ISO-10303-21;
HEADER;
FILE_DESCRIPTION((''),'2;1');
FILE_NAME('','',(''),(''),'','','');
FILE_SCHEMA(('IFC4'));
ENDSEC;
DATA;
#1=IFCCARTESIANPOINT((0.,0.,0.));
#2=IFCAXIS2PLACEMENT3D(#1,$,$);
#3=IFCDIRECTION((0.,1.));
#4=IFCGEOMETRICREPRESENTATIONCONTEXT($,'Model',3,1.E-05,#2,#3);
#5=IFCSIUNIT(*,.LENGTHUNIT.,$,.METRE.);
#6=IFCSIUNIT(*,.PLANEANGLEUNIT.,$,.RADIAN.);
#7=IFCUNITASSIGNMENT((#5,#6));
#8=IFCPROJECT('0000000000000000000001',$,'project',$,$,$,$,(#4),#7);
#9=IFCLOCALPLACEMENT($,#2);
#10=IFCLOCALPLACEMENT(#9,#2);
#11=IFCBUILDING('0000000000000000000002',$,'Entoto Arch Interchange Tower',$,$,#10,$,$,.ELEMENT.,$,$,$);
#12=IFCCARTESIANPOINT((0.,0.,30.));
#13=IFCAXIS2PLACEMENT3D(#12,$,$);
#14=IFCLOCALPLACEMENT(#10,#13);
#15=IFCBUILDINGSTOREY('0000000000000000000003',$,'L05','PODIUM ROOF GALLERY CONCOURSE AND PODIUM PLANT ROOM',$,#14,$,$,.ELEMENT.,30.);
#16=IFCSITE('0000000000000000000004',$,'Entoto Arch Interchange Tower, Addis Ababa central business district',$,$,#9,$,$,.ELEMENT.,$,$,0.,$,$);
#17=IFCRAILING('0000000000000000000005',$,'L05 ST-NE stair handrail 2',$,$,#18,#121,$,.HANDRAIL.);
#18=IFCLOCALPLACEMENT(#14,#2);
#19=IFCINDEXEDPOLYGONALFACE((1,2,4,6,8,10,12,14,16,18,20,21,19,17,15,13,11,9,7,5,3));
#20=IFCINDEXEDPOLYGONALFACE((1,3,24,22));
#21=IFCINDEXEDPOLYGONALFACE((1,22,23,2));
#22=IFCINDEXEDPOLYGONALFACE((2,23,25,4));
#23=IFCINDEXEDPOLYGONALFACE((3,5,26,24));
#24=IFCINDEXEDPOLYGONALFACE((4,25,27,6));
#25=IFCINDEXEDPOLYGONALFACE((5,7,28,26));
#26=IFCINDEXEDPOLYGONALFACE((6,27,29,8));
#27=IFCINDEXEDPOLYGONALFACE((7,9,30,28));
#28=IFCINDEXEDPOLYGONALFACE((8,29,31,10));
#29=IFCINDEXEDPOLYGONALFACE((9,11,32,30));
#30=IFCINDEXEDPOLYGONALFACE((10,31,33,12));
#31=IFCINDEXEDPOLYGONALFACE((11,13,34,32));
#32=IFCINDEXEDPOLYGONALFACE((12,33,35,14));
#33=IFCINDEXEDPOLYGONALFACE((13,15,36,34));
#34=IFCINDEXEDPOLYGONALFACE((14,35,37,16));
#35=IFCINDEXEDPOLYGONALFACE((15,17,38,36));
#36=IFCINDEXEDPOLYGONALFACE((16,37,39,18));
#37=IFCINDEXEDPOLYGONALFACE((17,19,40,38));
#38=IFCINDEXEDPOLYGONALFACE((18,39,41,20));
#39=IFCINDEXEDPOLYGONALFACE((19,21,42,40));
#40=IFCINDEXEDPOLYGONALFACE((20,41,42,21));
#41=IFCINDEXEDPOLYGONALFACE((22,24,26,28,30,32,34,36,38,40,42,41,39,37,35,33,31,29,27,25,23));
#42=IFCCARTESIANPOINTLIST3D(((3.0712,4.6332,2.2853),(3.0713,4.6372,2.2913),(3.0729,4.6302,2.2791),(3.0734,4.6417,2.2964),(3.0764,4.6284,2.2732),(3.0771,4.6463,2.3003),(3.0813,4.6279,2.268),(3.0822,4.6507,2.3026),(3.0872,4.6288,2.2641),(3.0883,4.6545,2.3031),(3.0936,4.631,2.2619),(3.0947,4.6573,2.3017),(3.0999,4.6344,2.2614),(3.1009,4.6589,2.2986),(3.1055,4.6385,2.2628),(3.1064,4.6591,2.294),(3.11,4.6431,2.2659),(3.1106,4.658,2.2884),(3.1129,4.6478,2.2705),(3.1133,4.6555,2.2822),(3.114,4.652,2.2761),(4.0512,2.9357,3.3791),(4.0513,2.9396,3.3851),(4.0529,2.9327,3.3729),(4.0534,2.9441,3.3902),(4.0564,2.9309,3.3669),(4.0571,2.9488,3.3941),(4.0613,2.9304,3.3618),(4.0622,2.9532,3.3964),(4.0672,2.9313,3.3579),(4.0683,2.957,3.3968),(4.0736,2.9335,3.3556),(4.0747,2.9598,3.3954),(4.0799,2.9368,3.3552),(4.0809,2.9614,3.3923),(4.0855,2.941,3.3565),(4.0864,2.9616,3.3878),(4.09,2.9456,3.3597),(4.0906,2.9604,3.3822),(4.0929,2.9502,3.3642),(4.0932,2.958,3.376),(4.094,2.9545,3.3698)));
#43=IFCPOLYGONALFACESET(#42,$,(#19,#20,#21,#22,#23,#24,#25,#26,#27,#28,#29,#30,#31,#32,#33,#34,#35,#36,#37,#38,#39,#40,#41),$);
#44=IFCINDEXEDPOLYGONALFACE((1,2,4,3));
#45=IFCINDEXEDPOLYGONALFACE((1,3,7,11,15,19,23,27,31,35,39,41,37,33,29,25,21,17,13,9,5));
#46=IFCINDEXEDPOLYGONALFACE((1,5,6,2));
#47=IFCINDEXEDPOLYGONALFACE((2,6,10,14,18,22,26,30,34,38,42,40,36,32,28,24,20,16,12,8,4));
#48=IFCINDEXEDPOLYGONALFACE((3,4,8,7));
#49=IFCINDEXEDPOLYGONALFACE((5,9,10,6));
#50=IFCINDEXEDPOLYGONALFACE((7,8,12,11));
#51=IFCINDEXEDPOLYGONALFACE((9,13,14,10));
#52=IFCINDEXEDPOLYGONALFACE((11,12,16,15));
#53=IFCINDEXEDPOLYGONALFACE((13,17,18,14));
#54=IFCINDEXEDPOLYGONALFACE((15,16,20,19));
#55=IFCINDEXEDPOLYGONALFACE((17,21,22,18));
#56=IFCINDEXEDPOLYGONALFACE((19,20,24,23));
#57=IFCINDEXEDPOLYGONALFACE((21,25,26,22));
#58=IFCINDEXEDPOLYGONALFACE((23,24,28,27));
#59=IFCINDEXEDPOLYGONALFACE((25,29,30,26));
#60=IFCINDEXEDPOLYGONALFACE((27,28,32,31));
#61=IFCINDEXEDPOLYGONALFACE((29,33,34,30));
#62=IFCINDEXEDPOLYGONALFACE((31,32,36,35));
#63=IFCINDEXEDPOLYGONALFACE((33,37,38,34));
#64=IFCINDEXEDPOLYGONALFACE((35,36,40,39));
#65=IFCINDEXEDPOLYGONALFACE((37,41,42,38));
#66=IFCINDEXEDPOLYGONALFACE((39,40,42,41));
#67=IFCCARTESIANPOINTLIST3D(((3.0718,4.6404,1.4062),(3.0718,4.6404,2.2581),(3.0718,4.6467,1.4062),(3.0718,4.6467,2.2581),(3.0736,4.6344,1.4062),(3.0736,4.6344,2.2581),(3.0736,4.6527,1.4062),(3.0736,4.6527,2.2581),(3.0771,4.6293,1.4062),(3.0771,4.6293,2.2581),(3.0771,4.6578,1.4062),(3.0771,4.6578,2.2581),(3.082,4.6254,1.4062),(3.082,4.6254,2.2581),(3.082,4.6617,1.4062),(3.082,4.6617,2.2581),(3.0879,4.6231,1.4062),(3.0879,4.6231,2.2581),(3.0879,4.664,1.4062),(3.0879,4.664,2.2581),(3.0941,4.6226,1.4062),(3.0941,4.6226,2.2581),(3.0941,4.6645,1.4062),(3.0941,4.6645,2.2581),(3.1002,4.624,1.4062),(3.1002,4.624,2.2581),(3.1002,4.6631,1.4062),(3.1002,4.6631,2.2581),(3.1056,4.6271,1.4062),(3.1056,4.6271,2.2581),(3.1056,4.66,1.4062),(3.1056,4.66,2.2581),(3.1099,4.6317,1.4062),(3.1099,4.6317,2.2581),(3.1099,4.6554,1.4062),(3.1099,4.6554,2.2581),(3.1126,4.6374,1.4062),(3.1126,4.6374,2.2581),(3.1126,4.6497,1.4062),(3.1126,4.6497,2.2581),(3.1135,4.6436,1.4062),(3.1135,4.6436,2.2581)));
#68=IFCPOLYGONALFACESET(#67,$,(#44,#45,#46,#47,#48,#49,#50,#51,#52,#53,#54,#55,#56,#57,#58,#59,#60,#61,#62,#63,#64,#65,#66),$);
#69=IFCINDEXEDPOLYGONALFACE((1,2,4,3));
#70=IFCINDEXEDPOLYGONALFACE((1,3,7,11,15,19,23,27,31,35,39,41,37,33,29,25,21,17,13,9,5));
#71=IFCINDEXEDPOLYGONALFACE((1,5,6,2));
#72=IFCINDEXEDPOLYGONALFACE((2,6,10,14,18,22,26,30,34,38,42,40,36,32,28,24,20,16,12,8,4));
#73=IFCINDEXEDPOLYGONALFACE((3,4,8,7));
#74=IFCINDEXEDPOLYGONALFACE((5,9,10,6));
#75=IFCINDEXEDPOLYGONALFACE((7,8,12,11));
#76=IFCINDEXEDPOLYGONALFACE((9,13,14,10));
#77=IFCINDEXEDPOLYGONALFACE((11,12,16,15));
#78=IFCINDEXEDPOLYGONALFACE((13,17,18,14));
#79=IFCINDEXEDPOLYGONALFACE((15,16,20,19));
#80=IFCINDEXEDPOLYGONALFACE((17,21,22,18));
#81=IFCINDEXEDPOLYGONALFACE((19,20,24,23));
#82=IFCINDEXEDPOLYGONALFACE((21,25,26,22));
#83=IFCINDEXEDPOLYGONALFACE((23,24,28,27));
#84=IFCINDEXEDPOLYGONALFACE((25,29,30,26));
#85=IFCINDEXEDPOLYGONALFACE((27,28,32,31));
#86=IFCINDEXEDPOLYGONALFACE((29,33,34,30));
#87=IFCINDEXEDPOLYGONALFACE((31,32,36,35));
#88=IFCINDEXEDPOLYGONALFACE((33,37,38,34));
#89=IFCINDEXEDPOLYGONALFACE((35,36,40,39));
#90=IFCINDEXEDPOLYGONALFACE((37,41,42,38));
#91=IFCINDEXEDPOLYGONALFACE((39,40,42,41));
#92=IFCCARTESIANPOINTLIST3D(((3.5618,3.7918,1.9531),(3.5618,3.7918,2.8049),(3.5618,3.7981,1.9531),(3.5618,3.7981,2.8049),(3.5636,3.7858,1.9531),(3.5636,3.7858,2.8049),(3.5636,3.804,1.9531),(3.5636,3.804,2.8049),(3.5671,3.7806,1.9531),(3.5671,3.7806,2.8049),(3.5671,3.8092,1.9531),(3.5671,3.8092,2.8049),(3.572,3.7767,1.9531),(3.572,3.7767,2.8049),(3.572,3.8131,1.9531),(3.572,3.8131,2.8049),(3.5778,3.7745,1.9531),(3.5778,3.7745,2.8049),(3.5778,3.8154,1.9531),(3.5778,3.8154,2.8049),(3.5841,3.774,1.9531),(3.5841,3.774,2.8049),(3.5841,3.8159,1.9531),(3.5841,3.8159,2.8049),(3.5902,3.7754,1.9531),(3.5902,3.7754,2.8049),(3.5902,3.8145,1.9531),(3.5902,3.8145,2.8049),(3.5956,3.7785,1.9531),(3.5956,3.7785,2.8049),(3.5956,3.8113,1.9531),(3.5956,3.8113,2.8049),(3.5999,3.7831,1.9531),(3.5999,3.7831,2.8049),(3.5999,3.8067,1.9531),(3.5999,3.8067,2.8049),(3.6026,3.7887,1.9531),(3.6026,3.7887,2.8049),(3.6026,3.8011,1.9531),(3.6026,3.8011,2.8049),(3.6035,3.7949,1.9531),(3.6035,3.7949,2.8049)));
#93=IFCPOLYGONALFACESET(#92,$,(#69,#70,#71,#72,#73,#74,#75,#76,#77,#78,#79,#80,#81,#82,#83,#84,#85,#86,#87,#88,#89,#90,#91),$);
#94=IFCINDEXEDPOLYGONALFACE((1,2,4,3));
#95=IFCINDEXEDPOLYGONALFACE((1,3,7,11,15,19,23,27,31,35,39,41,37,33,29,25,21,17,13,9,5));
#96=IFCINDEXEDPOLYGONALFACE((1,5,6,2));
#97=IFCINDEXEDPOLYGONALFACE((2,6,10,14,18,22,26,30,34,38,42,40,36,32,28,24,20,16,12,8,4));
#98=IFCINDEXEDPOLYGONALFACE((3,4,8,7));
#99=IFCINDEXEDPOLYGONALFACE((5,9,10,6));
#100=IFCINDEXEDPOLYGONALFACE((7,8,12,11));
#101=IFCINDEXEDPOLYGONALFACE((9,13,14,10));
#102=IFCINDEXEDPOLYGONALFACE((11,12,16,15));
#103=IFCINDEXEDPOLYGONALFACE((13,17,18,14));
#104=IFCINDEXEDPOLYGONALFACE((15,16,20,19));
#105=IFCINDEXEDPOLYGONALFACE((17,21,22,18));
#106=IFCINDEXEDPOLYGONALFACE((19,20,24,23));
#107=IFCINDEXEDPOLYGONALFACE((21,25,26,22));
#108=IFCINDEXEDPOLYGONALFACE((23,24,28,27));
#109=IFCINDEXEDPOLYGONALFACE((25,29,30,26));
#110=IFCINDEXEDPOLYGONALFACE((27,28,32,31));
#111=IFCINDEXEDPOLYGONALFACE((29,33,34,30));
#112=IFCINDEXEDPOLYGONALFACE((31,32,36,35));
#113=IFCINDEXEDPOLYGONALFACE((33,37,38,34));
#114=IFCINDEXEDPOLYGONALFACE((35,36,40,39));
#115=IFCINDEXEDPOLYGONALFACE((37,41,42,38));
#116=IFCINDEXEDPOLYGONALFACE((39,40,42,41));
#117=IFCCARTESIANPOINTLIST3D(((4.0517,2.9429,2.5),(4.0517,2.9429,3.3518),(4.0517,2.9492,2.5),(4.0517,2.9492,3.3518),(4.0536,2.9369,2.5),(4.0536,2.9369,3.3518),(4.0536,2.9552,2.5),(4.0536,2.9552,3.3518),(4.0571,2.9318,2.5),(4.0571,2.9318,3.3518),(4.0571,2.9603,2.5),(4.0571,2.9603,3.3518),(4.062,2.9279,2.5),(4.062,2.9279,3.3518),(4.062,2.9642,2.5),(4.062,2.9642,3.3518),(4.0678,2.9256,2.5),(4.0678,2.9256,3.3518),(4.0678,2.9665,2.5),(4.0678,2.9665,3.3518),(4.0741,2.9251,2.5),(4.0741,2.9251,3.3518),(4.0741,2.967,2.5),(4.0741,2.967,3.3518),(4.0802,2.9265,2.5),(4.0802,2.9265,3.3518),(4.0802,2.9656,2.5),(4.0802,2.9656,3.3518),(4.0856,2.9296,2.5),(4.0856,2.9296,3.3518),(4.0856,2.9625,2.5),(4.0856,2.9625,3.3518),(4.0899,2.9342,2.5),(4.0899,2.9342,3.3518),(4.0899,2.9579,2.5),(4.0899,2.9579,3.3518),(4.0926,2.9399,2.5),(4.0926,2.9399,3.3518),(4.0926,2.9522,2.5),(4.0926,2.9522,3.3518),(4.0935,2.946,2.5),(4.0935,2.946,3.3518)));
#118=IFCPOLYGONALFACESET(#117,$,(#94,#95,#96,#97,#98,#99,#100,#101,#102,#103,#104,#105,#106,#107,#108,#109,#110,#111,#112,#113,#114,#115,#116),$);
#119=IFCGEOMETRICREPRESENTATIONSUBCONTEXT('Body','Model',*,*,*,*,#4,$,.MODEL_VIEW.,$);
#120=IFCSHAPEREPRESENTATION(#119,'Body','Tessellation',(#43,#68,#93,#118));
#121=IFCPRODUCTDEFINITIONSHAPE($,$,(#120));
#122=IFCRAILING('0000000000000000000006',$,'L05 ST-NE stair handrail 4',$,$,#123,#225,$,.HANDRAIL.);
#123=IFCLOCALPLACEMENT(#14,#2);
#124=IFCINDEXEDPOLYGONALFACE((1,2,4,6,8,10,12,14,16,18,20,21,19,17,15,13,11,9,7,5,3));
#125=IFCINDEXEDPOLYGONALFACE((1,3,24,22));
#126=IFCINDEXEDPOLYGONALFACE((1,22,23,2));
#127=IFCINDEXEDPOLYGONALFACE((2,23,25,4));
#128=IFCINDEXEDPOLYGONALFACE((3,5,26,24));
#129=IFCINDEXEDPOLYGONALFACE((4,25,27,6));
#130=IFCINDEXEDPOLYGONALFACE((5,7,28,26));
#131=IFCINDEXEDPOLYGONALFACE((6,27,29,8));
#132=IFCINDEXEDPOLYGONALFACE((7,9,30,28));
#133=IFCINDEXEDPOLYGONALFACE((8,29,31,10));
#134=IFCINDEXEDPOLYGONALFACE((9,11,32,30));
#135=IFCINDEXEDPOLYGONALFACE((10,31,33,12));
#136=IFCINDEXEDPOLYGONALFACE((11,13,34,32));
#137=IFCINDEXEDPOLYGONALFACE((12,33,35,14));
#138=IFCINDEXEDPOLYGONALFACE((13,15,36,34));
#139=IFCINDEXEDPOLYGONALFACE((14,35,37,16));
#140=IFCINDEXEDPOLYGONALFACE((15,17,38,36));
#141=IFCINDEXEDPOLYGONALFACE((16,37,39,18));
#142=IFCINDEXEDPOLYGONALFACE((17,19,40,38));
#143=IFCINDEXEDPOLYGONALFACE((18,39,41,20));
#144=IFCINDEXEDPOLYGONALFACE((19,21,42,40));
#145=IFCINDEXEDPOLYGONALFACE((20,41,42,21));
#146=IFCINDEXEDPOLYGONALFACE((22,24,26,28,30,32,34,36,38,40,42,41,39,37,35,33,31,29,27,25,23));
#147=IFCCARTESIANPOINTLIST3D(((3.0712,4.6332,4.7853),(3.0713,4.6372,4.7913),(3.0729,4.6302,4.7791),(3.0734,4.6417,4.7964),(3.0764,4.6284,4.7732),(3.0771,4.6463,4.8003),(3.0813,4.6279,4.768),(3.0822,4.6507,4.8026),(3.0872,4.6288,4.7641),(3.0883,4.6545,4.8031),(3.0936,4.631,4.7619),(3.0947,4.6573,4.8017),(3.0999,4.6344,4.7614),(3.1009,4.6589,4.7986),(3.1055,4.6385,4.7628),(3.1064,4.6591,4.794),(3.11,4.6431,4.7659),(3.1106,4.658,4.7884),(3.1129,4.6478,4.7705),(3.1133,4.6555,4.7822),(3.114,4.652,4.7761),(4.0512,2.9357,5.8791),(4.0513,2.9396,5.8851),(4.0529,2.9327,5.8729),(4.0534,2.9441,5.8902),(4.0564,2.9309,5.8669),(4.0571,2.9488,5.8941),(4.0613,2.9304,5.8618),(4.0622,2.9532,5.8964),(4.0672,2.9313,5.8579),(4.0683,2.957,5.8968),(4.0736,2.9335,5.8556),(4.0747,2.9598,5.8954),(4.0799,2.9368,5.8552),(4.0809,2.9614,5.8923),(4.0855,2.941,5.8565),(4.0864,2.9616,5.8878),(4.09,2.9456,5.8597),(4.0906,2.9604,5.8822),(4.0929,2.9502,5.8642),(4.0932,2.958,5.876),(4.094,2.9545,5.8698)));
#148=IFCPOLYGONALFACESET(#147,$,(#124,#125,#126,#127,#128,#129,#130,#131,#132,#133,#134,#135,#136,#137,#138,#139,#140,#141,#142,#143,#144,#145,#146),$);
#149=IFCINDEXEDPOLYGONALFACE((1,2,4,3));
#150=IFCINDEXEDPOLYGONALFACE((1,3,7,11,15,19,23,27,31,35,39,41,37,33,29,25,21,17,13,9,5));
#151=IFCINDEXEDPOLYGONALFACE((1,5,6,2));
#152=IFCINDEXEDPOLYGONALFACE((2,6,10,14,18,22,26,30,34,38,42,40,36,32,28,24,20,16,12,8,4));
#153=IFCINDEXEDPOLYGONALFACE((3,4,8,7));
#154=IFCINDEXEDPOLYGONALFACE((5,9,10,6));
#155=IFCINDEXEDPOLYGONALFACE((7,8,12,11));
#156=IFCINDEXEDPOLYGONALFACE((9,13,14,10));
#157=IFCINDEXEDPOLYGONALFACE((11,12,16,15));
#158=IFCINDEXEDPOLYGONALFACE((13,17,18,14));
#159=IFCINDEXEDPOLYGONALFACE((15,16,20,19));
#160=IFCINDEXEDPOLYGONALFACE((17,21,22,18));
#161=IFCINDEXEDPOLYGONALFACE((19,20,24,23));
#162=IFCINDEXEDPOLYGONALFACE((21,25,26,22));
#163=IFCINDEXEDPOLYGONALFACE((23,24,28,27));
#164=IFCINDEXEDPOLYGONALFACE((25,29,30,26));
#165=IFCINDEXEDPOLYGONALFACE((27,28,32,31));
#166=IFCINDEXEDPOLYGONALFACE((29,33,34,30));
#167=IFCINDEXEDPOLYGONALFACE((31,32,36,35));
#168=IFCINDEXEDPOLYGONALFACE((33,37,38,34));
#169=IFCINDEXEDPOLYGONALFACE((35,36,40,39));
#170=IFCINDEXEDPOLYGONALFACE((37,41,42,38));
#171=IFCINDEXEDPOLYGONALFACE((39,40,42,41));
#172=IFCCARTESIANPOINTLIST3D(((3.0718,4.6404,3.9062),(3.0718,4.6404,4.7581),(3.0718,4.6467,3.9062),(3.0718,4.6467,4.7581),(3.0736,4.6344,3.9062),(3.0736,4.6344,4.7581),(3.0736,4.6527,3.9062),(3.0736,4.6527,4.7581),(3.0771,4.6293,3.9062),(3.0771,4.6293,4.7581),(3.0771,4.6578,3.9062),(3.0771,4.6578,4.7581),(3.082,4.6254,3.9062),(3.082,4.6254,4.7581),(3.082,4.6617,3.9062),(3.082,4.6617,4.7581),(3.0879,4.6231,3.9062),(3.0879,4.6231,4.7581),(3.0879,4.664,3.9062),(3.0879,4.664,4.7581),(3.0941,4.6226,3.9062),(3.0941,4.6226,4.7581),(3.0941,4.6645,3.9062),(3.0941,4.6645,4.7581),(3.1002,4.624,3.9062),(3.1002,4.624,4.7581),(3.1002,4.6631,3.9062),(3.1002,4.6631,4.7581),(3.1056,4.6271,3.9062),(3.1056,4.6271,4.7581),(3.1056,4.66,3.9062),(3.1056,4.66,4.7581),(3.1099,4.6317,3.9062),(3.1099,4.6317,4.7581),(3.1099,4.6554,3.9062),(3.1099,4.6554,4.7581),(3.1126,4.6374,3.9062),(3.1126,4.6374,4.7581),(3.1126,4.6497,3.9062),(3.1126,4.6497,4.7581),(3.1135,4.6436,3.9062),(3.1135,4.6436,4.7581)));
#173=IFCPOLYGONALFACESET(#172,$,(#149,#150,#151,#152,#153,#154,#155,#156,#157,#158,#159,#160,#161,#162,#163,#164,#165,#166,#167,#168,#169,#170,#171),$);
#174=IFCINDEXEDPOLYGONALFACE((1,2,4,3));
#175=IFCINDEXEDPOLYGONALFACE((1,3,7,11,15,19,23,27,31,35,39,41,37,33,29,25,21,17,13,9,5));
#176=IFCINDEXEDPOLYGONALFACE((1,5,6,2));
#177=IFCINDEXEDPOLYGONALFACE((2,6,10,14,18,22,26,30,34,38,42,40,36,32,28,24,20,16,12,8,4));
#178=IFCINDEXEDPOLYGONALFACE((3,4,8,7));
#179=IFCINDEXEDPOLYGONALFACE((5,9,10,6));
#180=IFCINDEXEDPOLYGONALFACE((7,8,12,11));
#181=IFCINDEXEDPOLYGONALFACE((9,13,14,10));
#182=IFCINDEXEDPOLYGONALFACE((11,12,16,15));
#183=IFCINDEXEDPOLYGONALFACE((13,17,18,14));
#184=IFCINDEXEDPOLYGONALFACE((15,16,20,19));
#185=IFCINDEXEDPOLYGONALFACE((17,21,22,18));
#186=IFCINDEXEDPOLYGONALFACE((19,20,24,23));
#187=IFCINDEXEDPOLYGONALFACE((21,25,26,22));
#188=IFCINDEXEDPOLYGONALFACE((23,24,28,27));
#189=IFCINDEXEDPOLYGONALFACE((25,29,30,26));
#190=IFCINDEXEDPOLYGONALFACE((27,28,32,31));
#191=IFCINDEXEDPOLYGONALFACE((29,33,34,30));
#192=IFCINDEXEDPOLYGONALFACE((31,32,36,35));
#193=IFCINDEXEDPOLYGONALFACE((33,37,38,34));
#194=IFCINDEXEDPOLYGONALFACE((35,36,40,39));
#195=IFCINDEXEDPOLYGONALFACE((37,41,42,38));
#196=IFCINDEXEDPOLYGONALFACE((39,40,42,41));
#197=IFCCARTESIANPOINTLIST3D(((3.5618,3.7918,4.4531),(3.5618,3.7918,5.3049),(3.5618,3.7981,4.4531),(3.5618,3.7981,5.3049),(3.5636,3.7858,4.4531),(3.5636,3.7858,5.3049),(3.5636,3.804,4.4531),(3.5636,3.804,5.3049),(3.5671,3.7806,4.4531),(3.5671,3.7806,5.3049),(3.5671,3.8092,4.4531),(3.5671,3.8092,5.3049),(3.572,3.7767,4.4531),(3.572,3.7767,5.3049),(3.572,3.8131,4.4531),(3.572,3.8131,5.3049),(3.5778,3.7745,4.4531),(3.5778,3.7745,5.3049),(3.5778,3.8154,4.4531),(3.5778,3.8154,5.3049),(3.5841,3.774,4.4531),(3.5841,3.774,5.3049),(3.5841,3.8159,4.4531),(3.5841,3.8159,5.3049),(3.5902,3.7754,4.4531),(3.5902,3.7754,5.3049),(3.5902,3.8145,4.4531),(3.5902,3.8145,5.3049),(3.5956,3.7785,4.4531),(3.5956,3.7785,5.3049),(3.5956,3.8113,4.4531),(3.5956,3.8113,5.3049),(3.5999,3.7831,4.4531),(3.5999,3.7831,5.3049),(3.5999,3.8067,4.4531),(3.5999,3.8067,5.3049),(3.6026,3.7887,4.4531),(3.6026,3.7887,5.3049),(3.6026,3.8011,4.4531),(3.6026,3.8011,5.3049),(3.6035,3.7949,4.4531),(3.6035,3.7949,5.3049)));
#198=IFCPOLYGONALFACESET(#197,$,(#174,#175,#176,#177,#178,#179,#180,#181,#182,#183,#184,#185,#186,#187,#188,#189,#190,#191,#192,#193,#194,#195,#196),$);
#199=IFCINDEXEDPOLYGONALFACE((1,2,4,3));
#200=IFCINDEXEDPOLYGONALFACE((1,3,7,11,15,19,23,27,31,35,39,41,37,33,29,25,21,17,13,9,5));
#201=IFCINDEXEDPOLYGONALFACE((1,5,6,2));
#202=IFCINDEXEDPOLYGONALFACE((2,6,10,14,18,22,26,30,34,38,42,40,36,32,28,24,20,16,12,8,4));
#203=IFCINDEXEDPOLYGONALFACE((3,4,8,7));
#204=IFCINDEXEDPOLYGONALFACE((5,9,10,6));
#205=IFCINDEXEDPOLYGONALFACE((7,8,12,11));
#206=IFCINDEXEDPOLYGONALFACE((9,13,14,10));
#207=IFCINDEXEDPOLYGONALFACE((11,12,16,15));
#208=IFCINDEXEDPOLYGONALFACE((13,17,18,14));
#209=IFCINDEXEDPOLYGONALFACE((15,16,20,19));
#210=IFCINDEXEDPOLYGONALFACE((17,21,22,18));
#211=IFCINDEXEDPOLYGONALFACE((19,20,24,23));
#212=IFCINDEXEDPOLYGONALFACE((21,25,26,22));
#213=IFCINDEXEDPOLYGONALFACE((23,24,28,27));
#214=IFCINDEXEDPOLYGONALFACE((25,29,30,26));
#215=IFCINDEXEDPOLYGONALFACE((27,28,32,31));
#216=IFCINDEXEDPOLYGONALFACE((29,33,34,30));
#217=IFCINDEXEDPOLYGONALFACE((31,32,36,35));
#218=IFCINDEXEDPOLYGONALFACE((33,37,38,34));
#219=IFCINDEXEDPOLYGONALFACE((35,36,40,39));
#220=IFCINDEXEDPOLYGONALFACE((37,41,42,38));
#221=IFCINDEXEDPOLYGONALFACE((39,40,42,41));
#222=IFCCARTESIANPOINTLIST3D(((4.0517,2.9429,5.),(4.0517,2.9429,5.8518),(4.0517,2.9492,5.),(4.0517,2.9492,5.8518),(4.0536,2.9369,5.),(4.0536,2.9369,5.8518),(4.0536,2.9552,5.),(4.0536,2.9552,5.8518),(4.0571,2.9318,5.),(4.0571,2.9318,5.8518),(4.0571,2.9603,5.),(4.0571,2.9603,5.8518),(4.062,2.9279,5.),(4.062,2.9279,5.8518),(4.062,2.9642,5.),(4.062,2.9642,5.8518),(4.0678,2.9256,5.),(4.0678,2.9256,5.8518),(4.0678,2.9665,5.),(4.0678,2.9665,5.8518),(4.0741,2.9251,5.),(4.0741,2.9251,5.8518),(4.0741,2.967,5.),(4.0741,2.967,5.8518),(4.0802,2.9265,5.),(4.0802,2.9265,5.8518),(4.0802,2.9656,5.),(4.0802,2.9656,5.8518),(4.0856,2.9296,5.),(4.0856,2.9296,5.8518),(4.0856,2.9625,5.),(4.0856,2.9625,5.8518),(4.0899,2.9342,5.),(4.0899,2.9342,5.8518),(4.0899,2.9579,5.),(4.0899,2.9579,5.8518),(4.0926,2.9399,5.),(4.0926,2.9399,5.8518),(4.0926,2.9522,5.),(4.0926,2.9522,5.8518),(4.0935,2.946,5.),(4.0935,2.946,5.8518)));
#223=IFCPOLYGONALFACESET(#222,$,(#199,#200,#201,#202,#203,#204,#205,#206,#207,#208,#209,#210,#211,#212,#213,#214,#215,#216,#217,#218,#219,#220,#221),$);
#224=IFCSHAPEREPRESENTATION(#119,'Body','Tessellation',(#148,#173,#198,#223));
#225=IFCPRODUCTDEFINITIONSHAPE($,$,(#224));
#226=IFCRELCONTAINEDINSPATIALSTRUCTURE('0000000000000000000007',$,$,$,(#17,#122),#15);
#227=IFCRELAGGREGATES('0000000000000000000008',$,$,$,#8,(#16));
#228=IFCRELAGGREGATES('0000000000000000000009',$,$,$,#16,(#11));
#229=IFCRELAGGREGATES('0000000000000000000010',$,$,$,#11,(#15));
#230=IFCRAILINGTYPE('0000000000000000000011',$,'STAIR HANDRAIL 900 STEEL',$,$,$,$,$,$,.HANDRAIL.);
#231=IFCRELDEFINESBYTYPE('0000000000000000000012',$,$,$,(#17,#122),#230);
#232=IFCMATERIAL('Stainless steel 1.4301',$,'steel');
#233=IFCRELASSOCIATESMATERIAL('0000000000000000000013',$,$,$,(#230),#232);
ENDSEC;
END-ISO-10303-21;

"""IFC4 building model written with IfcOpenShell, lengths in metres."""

from ifc_helpers import new_model, si_unit, direction, frame, origin, origin_2d, place, context, subcontext, project, spatial, circle, extrude, material, type_object, element, save


model = new_model("IFC4")

# Units and contexts
model_context = context("Model", 3, precision=1e-05, world=origin(), true_north=direction((0.0, 1.0)))
body_context = subcontext(model_context, "Body", "Model", "MODEL_VIEW")
ifc_project = project(units=[si_unit("LENGTHUNIT", "METRE"), si_unit("PLANEANGLEUNIT", "RADIAN")], contexts=[model_context])

# Site, building, storey
site_placement = place(None, origin())
site = spatial("IfcSite", under=ifc_project, at=site_placement, Name="Entoto Arch Interchange Tower, Addis Ababa central business district", CompositionType="ELEMENT", RefElevation=0.0)
building_placement = place(site_placement, origin())
building = spatial("IfcBuilding", under=site, at=building_placement, Name="Entoto Arch Interchange Tower", CompositionType="ELEMENT")
storey_placement = place(building_placement, frame((0.0, 0.0, 30.0)))
storey = spatial("IfcBuildingStorey", under=building, at=storey_placement, Name="L05", Description="PODIUM ROOF GALLERY CONCOURSE AND PODIUM PLANT ROOM", CompositionType="ELEMENT", Elevation=30.0)

# Railings
ifc_material_1 = material(Name="Stainless steel 1.4301", Category="steel")
railing_type_1 = type_object("IfcRailingType", Name="STAIR HANDRAIL 900 STEEL", PredefinedType="HANDRAIL", material=ifc_material_1)
for number, where, name in (
    (1, (3.0925, 4.6436, 1.4062), "L05 ST-NE stair handrail 2"),
    (2, (3.0925, 4.6436, 3.9062), "L05 ST-NE stair handrail 4"),
):
    element("IfcRailing", number, at=place(storey_placement, frame(where)), inside=storey, type_object=railing_type_1, Name=name, PredefinedType="HANDRAIL", context=body_context, shape_type="SweptSolid", body=[
        extrude(circle(Radius=0.0239, at=origin_2d()), frame((0.0, 0.0, 0.876), z_axis=(0.436596, -0.756267, 0.487282), x_axis=(0.866042, 0.49997, 0.0)), (0.0, 0.0, 1.0), 2.2446),
        extrude(circle(Radius=0.021, at=origin_2d()), origin(), (0.0, 0.0, 1.0), 0.8518),
        extrude(circle(Radius=0.021, at=origin_2d()), frame((0.49, -0.8486, 0.5469)), (0.0, 0.0, 1.0), 0.8518),
        extrude(circle(Radius=0.021, at=origin_2d()), frame((0.98, -1.6975, 1.0938)), (0.0, 0.0, 1.0), 0.8518),
    ])

save(model, "model.ifc")
